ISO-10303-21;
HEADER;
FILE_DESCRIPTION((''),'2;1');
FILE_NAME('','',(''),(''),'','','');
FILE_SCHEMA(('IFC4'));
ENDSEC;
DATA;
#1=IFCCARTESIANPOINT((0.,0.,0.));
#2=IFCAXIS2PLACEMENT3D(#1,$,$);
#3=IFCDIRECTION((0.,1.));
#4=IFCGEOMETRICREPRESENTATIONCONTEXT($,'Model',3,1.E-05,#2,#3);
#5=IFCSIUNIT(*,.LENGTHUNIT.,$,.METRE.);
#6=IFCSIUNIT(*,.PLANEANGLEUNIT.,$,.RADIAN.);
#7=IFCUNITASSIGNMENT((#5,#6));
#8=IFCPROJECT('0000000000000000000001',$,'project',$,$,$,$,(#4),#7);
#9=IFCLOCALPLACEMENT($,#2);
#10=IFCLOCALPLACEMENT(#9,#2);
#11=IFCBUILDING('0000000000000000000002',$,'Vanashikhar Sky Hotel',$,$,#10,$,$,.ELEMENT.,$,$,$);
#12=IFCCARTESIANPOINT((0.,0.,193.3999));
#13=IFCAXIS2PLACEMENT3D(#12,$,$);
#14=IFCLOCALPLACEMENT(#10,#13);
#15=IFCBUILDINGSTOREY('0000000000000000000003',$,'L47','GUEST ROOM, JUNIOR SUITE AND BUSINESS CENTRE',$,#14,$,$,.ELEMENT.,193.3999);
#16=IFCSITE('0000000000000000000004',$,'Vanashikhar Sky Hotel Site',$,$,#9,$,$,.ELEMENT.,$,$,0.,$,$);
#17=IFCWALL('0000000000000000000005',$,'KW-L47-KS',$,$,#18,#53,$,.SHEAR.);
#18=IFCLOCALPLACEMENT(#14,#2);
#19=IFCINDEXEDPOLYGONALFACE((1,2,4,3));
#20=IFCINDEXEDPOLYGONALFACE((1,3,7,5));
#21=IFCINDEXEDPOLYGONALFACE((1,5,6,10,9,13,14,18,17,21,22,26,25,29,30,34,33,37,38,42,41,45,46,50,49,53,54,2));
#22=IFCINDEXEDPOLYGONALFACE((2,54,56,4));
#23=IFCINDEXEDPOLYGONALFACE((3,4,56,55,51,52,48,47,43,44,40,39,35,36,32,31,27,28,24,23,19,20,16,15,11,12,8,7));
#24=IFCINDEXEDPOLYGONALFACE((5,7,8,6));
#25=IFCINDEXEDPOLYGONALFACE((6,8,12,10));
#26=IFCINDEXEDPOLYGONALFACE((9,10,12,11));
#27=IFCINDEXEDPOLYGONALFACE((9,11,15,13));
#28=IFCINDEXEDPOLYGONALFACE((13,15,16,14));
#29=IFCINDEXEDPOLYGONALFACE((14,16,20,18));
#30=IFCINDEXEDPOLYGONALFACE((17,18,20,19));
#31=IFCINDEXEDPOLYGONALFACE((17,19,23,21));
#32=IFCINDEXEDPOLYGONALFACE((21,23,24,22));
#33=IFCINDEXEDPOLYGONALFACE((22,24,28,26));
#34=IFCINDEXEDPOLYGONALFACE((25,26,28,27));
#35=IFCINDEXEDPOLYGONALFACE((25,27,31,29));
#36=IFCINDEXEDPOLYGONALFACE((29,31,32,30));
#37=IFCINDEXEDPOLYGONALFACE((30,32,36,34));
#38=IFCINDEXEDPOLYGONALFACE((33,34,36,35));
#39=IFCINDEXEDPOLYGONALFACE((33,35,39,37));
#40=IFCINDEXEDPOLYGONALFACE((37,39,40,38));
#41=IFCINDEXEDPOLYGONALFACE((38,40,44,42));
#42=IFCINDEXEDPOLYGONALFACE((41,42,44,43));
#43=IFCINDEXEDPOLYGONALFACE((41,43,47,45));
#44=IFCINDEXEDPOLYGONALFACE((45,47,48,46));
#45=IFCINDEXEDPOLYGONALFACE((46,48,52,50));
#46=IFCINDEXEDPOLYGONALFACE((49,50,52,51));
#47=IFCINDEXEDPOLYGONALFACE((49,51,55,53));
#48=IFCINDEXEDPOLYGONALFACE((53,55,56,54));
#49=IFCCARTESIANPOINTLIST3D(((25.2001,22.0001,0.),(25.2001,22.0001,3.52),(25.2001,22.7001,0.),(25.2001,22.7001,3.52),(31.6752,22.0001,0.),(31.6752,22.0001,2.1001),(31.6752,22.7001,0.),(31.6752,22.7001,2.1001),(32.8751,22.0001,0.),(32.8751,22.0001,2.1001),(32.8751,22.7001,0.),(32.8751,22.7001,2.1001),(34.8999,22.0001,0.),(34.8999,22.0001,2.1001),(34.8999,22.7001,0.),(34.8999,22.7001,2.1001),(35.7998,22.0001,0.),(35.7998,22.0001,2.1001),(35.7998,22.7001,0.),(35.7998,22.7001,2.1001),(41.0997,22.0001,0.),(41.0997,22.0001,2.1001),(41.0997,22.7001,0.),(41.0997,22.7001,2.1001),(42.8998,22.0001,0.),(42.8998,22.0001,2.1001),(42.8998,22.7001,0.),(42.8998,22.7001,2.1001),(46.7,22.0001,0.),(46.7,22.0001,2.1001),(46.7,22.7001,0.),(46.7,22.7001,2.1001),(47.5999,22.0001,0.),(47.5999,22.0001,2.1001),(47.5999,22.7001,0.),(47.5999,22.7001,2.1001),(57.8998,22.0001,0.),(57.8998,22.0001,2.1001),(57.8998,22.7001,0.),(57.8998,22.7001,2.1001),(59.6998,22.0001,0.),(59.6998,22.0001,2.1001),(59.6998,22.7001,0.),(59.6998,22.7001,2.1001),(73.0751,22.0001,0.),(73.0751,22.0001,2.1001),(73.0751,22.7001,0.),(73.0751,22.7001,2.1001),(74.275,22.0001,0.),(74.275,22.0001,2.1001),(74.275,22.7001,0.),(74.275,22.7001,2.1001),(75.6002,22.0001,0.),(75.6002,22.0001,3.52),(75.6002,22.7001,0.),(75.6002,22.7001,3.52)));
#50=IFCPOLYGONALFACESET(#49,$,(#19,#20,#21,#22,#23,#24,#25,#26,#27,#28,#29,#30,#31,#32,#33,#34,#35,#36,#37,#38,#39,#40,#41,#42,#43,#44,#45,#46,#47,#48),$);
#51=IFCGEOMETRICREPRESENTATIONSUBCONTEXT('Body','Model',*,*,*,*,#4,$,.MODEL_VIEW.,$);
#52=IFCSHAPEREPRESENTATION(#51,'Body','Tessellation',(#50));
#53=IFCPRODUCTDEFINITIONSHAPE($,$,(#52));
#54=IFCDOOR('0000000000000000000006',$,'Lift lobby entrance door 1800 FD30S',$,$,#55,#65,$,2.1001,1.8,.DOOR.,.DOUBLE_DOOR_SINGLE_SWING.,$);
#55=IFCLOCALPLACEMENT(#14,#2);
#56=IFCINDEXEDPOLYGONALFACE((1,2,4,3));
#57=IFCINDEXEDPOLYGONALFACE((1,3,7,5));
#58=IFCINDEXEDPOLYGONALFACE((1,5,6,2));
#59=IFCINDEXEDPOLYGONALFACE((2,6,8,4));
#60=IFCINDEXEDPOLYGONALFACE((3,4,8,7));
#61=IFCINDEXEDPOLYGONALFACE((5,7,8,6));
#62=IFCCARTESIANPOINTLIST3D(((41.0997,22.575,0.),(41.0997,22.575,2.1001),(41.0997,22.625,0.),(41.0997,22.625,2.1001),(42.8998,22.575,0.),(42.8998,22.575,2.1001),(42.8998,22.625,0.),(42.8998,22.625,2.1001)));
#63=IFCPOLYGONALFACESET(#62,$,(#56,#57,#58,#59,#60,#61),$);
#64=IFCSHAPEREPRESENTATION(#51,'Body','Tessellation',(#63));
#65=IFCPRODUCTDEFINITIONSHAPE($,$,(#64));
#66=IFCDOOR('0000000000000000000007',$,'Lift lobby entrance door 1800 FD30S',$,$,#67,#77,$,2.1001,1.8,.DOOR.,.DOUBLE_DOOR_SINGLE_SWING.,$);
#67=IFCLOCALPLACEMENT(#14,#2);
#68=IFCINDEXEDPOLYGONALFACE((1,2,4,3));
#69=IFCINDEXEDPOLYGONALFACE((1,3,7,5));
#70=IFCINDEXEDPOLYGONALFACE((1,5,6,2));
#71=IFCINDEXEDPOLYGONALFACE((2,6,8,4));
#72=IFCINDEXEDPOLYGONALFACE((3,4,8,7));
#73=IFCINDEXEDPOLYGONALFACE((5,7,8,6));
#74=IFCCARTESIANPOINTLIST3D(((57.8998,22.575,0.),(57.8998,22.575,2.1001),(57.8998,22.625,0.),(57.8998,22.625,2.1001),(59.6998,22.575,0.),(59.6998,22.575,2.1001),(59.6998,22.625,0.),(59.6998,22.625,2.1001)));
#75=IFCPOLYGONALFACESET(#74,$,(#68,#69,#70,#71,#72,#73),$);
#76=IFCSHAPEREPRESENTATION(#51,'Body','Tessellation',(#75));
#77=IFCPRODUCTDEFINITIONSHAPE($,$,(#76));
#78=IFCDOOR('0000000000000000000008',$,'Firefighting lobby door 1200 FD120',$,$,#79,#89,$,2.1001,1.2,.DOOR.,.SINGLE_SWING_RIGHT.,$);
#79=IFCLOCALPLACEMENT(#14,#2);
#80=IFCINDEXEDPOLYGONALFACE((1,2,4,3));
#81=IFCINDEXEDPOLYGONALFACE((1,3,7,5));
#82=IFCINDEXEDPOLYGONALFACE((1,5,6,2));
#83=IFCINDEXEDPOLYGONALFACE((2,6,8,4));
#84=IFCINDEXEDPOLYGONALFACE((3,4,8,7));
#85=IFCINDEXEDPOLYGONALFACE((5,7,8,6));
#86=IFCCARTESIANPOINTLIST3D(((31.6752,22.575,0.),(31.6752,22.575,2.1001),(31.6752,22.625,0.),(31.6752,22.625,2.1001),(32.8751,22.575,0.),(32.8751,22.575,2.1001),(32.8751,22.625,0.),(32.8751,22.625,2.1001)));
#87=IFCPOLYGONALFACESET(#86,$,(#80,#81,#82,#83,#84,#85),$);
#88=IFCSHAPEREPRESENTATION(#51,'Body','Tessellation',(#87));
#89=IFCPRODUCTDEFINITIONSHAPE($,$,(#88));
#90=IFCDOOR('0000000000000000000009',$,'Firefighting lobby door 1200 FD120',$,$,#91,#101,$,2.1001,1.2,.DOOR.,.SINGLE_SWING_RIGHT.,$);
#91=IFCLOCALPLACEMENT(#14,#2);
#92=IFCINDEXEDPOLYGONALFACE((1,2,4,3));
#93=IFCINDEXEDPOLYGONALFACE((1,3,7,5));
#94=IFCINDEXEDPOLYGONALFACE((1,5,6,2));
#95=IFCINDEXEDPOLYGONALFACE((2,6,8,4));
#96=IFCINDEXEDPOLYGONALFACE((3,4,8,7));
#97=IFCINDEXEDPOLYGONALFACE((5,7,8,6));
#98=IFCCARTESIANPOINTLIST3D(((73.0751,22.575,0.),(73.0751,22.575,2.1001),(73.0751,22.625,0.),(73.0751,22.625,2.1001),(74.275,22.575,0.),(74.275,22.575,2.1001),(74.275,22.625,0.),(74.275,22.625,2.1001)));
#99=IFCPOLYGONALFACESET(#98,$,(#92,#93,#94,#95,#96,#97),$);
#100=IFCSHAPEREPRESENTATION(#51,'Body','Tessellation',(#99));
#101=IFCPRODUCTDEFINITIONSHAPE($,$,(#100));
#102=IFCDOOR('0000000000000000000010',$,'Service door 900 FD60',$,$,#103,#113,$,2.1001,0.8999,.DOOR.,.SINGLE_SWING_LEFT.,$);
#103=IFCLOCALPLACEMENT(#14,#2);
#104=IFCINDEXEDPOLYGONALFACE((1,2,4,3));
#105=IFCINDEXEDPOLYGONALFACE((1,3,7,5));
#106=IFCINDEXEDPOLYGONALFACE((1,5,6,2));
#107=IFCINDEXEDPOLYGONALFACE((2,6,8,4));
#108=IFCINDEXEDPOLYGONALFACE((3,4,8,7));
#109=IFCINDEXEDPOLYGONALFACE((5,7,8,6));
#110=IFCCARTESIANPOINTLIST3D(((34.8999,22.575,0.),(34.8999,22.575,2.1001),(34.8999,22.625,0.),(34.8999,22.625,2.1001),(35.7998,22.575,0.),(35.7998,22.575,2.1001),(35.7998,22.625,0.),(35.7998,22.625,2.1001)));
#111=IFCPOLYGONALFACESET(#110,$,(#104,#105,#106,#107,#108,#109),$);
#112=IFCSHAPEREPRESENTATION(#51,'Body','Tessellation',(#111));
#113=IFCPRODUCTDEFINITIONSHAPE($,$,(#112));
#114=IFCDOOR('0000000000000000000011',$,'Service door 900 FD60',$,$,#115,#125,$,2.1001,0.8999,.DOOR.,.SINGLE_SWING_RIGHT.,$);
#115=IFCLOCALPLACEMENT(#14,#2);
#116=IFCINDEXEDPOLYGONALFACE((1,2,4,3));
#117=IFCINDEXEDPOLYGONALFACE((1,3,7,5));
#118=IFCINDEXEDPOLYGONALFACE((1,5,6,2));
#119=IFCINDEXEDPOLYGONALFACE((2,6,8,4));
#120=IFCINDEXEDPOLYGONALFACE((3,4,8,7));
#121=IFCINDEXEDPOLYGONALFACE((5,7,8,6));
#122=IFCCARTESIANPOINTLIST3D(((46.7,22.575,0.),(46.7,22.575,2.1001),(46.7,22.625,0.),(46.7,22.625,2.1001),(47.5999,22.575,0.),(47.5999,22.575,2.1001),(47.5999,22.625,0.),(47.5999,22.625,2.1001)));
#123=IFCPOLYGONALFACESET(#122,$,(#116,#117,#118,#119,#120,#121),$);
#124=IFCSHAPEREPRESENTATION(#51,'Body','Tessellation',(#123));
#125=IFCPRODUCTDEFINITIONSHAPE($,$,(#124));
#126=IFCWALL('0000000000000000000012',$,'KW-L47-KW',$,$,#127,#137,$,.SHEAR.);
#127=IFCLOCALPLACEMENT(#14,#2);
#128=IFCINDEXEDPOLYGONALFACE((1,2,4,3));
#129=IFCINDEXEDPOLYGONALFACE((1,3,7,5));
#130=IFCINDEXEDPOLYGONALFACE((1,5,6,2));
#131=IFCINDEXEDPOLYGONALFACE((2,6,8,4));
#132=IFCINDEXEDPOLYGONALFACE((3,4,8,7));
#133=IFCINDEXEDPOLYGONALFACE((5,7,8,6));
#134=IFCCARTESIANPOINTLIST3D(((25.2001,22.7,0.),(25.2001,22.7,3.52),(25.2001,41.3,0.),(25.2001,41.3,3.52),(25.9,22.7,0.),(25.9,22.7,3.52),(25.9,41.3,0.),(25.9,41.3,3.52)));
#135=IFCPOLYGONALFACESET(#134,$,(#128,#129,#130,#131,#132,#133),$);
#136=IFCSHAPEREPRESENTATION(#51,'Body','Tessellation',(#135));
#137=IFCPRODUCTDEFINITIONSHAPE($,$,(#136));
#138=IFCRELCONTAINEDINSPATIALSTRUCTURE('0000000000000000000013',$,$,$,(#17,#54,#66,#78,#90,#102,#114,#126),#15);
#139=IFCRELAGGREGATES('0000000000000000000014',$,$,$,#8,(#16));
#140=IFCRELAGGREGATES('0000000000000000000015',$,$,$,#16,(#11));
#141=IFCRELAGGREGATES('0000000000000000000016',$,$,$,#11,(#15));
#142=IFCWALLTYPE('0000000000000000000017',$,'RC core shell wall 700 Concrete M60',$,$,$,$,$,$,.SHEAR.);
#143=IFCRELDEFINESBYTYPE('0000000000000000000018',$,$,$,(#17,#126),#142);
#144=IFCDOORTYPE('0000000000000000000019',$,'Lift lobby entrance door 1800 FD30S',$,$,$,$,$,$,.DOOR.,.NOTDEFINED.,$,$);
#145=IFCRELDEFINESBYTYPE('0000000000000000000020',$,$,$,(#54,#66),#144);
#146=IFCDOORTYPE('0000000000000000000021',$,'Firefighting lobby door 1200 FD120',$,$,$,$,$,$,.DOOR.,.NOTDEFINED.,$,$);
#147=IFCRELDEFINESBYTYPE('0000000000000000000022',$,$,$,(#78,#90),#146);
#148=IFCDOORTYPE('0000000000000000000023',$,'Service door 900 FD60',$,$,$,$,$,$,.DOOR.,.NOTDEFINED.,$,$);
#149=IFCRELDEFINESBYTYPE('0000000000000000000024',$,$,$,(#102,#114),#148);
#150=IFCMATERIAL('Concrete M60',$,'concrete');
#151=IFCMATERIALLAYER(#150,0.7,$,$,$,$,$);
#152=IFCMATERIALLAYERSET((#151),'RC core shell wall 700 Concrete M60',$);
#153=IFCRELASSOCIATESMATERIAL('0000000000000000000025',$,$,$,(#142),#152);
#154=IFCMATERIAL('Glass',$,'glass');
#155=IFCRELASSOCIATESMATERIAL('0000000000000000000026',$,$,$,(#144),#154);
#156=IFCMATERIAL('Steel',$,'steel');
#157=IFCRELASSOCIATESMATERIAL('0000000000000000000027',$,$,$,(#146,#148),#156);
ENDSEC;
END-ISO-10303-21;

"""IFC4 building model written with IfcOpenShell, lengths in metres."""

from ifc_helpers import new_model, si_unit, direction, frame, frame_2d, origin, place, context, subcontext, project, spatial, rectangle, extrude, source, transform, mapped, material, layer, layer_set, type_object, element, fill, save


model = new_model("IFC4")

# Units and contexts
model_context = context("Model", 3, precision=1e-05, world=origin(), true_north=direction((0.0, 1.0)))
body_context = subcontext(model_context, "Body", "Model", "MODEL_VIEW")
ifc_project = project(units=[si_unit("LENGTHUNIT", "METRE"), si_unit("PLANEANGLEUNIT", "RADIAN")], contexts=[model_context])

# Site, building, storey
site_placement = place(None, origin())
site = spatial("IfcSite", under=ifc_project, at=site_placement, Name="Vanashikhar Sky Hotel Site", CompositionType="ELEMENT", RefElevation=0.0)
building_placement = place(site_placement, origin())
building = spatial("IfcBuilding", under=site, at=building_placement, Name="Vanashikhar Sky Hotel", CompositionType="ELEMENT")
storey_placement = place(building_placement, frame((0.0, 0.0, 193.3999)))
storey = spatial("IfcBuildingStorey", under=building, at=storey_placement, Name="L47", Description="GUEST ROOM, JUNIOR SUITE AND BUSINESS CENTRE", CompositionType="ELEMENT", Elevation=193.3999)

# Shared definitions
ifc_material_1 = material(Name="Concrete M60", Category="concrete")
ifc_material_2 = material(Name="Steel", Category="steel")

# Wall, openings, doors
ifc_layer_1 = layer(ifc_material_1, 0.7)
ifc_layer_set_1 = layer_set([ifc_layer_1], Name="RC core shell wall 700 Concrete M60")
wall_type_1 = type_object("IfcWallType", Name="RC core shell wall 700 Concrete M60", PredefinedType="SHEAR", material=ifc_layer_set_1)
shared_shape_1 = source(origin(), body_context, "Body", "SweptSolid", [
    extrude(rectangle(XDim=50.4001, YDim=0.7, at=frame_2d((25.2002, 0.0))), origin(), (0.0, 0.0, 1.0), 3.52),
])
wall_1_placement = place(storey_placement, frame((25.2, 22.3501, 0.0), z_axis=(0.0, 0.0, 1.0), x_axis=(1.0, 0.0, 0.0)))
wall_1 = element("IfcWall", 1, at=wall_1_placement, inside=storey, type_object=wall_type_1, Name="KW-L47-KS", PredefinedType="SHEAR", context=body_context, shape_type="MappedRepresentation", body=[
    mapped(shared_shape_1, transform((0.0, 0.0, 0.0), scale=1.0)),
])
shared_shape_2 = source(origin(), body_context, "Body", "SweptSolid", [
    extrude(rectangle(XDim=1.8, YDim=2.1001, at=frame_2d((0.8999, 1.05))), frame((0.0, 0.3599, 0.0), z_axis=(0.0, -1.0, 0.0), x_axis=(1.0, 0.0, 0.0)), (0.0, 0.0, 1.0), 0.72),
])
opening_1_placement = place(wall_1_placement, frame((15.8999, 0.0, 0.0)))
opening_1 = element("IfcOpeningElement", 2, at=opening_1_placement, cuts=wall_1, PredefinedType="OPENING", context=body_context, shape_type="MappedRepresentation", body=[
    mapped(shared_shape_2, transform((0.0, 0.0, 0.0), scale=1.0)),
])
shared_shape_3 = source(origin(), body_context, "Body", "SweptSolid", [
    extrude(rectangle(XDim=0.8999, YDim=2.1001, at=frame_2d((0.45, 1.05))), frame((0.0, 0.3599, 0.0), z_axis=(0.0, -1.0, 0.0), x_axis=(1.0, 0.0, 0.0)), (0.0, 0.0, 1.0), 0.72),
])
opening_2_placement = place(wall_1_placement, frame((9.7, 0.0, 0.0)))
opening_2 = element("IfcOpeningElement", 3, at=opening_2_placement, cuts=wall_1, PredefinedType="OPENING", context=body_context, shape_type="MappedRepresentation", body=[
    mapped(shared_shape_3, transform((0.0, 0.0, 0.0), scale=1.0)),
])
opening_3_placement = place(wall_1_placement, frame((21.5, 0.0, 0.0)))
opening_3 = element("IfcOpeningElement", 4, at=opening_3_placement, cuts=wall_1, PredefinedType="OPENING", context=body_context, shape_type="MappedRepresentation", body=[
    mapped(shared_shape_3, transform((0.0, 0.0, 0.0), scale=1.0)),
])
opening_4_placement = place(wall_1_placement, frame((32.7, 0.0, 0.0)))
opening_4 = element("IfcOpeningElement", 5, at=opening_4_placement, cuts=wall_1, PredefinedType="OPENING", context=body_context, shape_type="MappedRepresentation", body=[
    mapped(shared_shape_2, transform((0.0, 0.0, 0.0), scale=1.0)),
])
shared_shape_4 = source(origin(), body_context, "Body", "SweptSolid", [
    extrude(rectangle(XDim=1.2, YDim=2.1001, at=frame_2d((0.6001, 1.05))), frame((0.0, 0.3599, 0.0), z_axis=(0.0, -1.0, 0.0), x_axis=(1.0, 0.0, 0.0)), (0.0, 0.0, 1.0), 0.72),
])
opening_5_placement = place(wall_1_placement, frame((6.4751, 0.0, 0.0)))
opening_5 = element("IfcOpeningElement", 6, at=opening_5_placement, cuts=wall_1, PredefinedType="OPENING", context=body_context, shape_type="MappedRepresentation", body=[
    mapped(shared_shape_4, transform((0.0, 0.0, 0.0), scale=1.0)),
])
opening_6_placement = place(wall_1_placement, frame((47.875, 0.0, 0.0)))
opening_6 = element("IfcOpeningElement", 7, at=opening_6_placement, cuts=wall_1, PredefinedType="OPENING", context=body_context, shape_type="MappedRepresentation", body=[
    mapped(shared_shape_4, transform((0.0, 0.0, 0.0), scale=1.0)),
])
ifc_material_3 = material(Name="Glass", Category="glass")
door_type_1 = type_object("IfcDoorType", Name="Lift lobby entrance door 1800 FD30S", OperationType="NOTDEFINED", PredefinedType="DOOR", material=ifc_material_3)
shared_shape_5 = source(origin(), body_context, "Body", "SweptSolid", [
    extrude(rectangle(XDim=1.8, YDim=2.1001, at=frame_2d((0.8999, 1.05))), frame((0.0, 0.2749, 0.0), z_axis=(0.0, -1.0, 0.0), x_axis=(1.0, 0.0, 0.0)), (0.0, 0.0, 1.0), 0.05),
])
door_1_placement = place(opening_1_placement, origin())
door_1 = element("IfcDoor", 8, at=door_1_placement, inside=storey, type_object=door_type_1, Name="Lift lobby entrance door 1800 FD30S", OperationType="DOUBLE_DOOR_SINGLE_SWING", OverallHeight=2.1001, OverallWidth=1.8, PredefinedType="DOOR", context=body_context, shape_type="MappedRepresentation", body=[
    mapped(shared_shape_5, transform((0.0, 0.0, 0.0), scale=1.0)),
])
fill(opening_1, door_1)
door_2_placement = place(opening_4_placement, origin())
door_2 = element("IfcDoor", 9, at=door_2_placement, inside=storey, type_object=door_type_1, Name="Lift lobby entrance door 1800 FD30S", OperationType="DOUBLE_DOOR_SINGLE_SWING", OverallHeight=2.1001, OverallWidth=1.8, PredefinedType="DOOR", context=body_context, shape_type="MappedRepresentation", body=[
    mapped(shared_shape_5, transform((0.0, 0.0, 0.0), scale=1.0)),
])
fill(opening_4, door_2)
door_type_2 = type_object("IfcDoorType", Name="Firefighting lobby door 1200 FD120", OperationType="NOTDEFINED", PredefinedType="DOOR", material=ifc_material_2)
shared_shape_6 = source(origin(), body_context, "Body", "SweptSolid", [
    extrude(rectangle(XDim=1.2, YDim=2.1001, at=frame_2d((0.6001, 1.05))), frame((0.0, 0.2749, 0.0), z_axis=(0.0, -1.0, 0.0), x_axis=(1.0, 0.0, 0.0)), (0.0, 0.0, 1.0), 0.05),
])
door_3_placement = place(opening_5_placement, origin())
door_3 = element("IfcDoor", 10, at=door_3_placement, inside=storey, type_object=door_type_2, Name="Firefighting lobby door 1200 FD120", OperationType="SINGLE_SWING_RIGHT", OverallHeight=2.1001, OverallWidth=1.2, PredefinedType="DOOR", context=body_context, shape_type="MappedRepresentation", body=[
    mapped(shared_shape_6, transform((0.0, 0.0, 0.0), scale=1.0)),
])
fill(opening_5, door_3)
door_4_placement = place(opening_6_placement, origin())
door_4 = element("IfcDoor", 11, at=door_4_placement, inside=storey, type_object=door_type_2, Name="Firefighting lobby door 1200 FD120", OperationType="SINGLE_SWING_RIGHT", OverallHeight=2.1001, OverallWidth=1.2, PredefinedType="DOOR", context=body_context, shape_type="MappedRepresentation", body=[
    mapped(shared_shape_6, transform((0.0, 0.0, 0.0), scale=1.0)),
])
fill(opening_6, door_4)
door_type_3 = type_object("IfcDoorType", Name="Service door 900 FD60", OperationType="NOTDEFINED", PredefinedType="DOOR", material=ifc_material_2)
shared_shape_7 = source(origin(), body_context, "Body", "SweptSolid", [
    extrude(rectangle(XDim=0.8999, YDim=2.1001, at=frame_2d((0.45, 1.05))), frame((0.0, 0.2749, 0.0), z_axis=(0.0, -1.0, 0.0), x_axis=(1.0, 0.0, 0.0)), (0.0, 0.0, 1.0), 0.05),
])
door_5_placement = place(opening_2_placement, origin())
door_5 = element("IfcDoor", 12, at=door_5_placement, inside=storey, type_object=door_type_3, Name="Service door 900 FD60", OperationType="SINGLE_SWING_LEFT", OverallHeight=2.1001, OverallWidth=0.8999, PredefinedType="DOOR", context=body_context, shape_type="MappedRepresentation", body=[
    mapped(shared_shape_7, transform((0.0, 0.0, 0.0), scale=1.0)),
])
fill(opening_2, door_5)
door_6_placement = place(opening_3_placement, origin())
door_6 = element("IfcDoor", 13, at=door_6_placement, inside=storey, type_object=door_type_3, Name="Service door 900 FD60", OperationType="SINGLE_SWING_RIGHT", OverallHeight=2.1001, OverallWidth=0.8999, PredefinedType="DOOR", context=body_context, shape_type="MappedRepresentation", body=[
    mapped(shared_shape_7, transform((0.0, 0.0, 0.0), scale=1.0)),
])
fill(opening_3, door_6)

# Wall
shared_shape_8 = source(origin(), body_context, "Body", "SweptSolid", [
    extrude(rectangle(XDim=18.6001, YDim=0.7, at=frame_2d((9.3, 0.0))), origin(), (0.0, 0.0, 1.0), 3.52),
])
wall_2_placement = place(storey_placement, frame((25.55, 22.7, 0.0), z_axis=(0.0, 0.0, 1.0), x_axis=(0.0, 1.0, 0.0)))
element("IfcWall", 14, at=wall_2_placement, inside=storey, type_object=wall_type_1, Name="KW-L47-KW", PredefinedType="SHEAR", context=body_context, shape_type="MappedRepresentation", body=[
    mapped(shared_shape_8, transform((0.0, 0.0, 0.0), scale=1.0)),
])

save(model, "model.ifc")
